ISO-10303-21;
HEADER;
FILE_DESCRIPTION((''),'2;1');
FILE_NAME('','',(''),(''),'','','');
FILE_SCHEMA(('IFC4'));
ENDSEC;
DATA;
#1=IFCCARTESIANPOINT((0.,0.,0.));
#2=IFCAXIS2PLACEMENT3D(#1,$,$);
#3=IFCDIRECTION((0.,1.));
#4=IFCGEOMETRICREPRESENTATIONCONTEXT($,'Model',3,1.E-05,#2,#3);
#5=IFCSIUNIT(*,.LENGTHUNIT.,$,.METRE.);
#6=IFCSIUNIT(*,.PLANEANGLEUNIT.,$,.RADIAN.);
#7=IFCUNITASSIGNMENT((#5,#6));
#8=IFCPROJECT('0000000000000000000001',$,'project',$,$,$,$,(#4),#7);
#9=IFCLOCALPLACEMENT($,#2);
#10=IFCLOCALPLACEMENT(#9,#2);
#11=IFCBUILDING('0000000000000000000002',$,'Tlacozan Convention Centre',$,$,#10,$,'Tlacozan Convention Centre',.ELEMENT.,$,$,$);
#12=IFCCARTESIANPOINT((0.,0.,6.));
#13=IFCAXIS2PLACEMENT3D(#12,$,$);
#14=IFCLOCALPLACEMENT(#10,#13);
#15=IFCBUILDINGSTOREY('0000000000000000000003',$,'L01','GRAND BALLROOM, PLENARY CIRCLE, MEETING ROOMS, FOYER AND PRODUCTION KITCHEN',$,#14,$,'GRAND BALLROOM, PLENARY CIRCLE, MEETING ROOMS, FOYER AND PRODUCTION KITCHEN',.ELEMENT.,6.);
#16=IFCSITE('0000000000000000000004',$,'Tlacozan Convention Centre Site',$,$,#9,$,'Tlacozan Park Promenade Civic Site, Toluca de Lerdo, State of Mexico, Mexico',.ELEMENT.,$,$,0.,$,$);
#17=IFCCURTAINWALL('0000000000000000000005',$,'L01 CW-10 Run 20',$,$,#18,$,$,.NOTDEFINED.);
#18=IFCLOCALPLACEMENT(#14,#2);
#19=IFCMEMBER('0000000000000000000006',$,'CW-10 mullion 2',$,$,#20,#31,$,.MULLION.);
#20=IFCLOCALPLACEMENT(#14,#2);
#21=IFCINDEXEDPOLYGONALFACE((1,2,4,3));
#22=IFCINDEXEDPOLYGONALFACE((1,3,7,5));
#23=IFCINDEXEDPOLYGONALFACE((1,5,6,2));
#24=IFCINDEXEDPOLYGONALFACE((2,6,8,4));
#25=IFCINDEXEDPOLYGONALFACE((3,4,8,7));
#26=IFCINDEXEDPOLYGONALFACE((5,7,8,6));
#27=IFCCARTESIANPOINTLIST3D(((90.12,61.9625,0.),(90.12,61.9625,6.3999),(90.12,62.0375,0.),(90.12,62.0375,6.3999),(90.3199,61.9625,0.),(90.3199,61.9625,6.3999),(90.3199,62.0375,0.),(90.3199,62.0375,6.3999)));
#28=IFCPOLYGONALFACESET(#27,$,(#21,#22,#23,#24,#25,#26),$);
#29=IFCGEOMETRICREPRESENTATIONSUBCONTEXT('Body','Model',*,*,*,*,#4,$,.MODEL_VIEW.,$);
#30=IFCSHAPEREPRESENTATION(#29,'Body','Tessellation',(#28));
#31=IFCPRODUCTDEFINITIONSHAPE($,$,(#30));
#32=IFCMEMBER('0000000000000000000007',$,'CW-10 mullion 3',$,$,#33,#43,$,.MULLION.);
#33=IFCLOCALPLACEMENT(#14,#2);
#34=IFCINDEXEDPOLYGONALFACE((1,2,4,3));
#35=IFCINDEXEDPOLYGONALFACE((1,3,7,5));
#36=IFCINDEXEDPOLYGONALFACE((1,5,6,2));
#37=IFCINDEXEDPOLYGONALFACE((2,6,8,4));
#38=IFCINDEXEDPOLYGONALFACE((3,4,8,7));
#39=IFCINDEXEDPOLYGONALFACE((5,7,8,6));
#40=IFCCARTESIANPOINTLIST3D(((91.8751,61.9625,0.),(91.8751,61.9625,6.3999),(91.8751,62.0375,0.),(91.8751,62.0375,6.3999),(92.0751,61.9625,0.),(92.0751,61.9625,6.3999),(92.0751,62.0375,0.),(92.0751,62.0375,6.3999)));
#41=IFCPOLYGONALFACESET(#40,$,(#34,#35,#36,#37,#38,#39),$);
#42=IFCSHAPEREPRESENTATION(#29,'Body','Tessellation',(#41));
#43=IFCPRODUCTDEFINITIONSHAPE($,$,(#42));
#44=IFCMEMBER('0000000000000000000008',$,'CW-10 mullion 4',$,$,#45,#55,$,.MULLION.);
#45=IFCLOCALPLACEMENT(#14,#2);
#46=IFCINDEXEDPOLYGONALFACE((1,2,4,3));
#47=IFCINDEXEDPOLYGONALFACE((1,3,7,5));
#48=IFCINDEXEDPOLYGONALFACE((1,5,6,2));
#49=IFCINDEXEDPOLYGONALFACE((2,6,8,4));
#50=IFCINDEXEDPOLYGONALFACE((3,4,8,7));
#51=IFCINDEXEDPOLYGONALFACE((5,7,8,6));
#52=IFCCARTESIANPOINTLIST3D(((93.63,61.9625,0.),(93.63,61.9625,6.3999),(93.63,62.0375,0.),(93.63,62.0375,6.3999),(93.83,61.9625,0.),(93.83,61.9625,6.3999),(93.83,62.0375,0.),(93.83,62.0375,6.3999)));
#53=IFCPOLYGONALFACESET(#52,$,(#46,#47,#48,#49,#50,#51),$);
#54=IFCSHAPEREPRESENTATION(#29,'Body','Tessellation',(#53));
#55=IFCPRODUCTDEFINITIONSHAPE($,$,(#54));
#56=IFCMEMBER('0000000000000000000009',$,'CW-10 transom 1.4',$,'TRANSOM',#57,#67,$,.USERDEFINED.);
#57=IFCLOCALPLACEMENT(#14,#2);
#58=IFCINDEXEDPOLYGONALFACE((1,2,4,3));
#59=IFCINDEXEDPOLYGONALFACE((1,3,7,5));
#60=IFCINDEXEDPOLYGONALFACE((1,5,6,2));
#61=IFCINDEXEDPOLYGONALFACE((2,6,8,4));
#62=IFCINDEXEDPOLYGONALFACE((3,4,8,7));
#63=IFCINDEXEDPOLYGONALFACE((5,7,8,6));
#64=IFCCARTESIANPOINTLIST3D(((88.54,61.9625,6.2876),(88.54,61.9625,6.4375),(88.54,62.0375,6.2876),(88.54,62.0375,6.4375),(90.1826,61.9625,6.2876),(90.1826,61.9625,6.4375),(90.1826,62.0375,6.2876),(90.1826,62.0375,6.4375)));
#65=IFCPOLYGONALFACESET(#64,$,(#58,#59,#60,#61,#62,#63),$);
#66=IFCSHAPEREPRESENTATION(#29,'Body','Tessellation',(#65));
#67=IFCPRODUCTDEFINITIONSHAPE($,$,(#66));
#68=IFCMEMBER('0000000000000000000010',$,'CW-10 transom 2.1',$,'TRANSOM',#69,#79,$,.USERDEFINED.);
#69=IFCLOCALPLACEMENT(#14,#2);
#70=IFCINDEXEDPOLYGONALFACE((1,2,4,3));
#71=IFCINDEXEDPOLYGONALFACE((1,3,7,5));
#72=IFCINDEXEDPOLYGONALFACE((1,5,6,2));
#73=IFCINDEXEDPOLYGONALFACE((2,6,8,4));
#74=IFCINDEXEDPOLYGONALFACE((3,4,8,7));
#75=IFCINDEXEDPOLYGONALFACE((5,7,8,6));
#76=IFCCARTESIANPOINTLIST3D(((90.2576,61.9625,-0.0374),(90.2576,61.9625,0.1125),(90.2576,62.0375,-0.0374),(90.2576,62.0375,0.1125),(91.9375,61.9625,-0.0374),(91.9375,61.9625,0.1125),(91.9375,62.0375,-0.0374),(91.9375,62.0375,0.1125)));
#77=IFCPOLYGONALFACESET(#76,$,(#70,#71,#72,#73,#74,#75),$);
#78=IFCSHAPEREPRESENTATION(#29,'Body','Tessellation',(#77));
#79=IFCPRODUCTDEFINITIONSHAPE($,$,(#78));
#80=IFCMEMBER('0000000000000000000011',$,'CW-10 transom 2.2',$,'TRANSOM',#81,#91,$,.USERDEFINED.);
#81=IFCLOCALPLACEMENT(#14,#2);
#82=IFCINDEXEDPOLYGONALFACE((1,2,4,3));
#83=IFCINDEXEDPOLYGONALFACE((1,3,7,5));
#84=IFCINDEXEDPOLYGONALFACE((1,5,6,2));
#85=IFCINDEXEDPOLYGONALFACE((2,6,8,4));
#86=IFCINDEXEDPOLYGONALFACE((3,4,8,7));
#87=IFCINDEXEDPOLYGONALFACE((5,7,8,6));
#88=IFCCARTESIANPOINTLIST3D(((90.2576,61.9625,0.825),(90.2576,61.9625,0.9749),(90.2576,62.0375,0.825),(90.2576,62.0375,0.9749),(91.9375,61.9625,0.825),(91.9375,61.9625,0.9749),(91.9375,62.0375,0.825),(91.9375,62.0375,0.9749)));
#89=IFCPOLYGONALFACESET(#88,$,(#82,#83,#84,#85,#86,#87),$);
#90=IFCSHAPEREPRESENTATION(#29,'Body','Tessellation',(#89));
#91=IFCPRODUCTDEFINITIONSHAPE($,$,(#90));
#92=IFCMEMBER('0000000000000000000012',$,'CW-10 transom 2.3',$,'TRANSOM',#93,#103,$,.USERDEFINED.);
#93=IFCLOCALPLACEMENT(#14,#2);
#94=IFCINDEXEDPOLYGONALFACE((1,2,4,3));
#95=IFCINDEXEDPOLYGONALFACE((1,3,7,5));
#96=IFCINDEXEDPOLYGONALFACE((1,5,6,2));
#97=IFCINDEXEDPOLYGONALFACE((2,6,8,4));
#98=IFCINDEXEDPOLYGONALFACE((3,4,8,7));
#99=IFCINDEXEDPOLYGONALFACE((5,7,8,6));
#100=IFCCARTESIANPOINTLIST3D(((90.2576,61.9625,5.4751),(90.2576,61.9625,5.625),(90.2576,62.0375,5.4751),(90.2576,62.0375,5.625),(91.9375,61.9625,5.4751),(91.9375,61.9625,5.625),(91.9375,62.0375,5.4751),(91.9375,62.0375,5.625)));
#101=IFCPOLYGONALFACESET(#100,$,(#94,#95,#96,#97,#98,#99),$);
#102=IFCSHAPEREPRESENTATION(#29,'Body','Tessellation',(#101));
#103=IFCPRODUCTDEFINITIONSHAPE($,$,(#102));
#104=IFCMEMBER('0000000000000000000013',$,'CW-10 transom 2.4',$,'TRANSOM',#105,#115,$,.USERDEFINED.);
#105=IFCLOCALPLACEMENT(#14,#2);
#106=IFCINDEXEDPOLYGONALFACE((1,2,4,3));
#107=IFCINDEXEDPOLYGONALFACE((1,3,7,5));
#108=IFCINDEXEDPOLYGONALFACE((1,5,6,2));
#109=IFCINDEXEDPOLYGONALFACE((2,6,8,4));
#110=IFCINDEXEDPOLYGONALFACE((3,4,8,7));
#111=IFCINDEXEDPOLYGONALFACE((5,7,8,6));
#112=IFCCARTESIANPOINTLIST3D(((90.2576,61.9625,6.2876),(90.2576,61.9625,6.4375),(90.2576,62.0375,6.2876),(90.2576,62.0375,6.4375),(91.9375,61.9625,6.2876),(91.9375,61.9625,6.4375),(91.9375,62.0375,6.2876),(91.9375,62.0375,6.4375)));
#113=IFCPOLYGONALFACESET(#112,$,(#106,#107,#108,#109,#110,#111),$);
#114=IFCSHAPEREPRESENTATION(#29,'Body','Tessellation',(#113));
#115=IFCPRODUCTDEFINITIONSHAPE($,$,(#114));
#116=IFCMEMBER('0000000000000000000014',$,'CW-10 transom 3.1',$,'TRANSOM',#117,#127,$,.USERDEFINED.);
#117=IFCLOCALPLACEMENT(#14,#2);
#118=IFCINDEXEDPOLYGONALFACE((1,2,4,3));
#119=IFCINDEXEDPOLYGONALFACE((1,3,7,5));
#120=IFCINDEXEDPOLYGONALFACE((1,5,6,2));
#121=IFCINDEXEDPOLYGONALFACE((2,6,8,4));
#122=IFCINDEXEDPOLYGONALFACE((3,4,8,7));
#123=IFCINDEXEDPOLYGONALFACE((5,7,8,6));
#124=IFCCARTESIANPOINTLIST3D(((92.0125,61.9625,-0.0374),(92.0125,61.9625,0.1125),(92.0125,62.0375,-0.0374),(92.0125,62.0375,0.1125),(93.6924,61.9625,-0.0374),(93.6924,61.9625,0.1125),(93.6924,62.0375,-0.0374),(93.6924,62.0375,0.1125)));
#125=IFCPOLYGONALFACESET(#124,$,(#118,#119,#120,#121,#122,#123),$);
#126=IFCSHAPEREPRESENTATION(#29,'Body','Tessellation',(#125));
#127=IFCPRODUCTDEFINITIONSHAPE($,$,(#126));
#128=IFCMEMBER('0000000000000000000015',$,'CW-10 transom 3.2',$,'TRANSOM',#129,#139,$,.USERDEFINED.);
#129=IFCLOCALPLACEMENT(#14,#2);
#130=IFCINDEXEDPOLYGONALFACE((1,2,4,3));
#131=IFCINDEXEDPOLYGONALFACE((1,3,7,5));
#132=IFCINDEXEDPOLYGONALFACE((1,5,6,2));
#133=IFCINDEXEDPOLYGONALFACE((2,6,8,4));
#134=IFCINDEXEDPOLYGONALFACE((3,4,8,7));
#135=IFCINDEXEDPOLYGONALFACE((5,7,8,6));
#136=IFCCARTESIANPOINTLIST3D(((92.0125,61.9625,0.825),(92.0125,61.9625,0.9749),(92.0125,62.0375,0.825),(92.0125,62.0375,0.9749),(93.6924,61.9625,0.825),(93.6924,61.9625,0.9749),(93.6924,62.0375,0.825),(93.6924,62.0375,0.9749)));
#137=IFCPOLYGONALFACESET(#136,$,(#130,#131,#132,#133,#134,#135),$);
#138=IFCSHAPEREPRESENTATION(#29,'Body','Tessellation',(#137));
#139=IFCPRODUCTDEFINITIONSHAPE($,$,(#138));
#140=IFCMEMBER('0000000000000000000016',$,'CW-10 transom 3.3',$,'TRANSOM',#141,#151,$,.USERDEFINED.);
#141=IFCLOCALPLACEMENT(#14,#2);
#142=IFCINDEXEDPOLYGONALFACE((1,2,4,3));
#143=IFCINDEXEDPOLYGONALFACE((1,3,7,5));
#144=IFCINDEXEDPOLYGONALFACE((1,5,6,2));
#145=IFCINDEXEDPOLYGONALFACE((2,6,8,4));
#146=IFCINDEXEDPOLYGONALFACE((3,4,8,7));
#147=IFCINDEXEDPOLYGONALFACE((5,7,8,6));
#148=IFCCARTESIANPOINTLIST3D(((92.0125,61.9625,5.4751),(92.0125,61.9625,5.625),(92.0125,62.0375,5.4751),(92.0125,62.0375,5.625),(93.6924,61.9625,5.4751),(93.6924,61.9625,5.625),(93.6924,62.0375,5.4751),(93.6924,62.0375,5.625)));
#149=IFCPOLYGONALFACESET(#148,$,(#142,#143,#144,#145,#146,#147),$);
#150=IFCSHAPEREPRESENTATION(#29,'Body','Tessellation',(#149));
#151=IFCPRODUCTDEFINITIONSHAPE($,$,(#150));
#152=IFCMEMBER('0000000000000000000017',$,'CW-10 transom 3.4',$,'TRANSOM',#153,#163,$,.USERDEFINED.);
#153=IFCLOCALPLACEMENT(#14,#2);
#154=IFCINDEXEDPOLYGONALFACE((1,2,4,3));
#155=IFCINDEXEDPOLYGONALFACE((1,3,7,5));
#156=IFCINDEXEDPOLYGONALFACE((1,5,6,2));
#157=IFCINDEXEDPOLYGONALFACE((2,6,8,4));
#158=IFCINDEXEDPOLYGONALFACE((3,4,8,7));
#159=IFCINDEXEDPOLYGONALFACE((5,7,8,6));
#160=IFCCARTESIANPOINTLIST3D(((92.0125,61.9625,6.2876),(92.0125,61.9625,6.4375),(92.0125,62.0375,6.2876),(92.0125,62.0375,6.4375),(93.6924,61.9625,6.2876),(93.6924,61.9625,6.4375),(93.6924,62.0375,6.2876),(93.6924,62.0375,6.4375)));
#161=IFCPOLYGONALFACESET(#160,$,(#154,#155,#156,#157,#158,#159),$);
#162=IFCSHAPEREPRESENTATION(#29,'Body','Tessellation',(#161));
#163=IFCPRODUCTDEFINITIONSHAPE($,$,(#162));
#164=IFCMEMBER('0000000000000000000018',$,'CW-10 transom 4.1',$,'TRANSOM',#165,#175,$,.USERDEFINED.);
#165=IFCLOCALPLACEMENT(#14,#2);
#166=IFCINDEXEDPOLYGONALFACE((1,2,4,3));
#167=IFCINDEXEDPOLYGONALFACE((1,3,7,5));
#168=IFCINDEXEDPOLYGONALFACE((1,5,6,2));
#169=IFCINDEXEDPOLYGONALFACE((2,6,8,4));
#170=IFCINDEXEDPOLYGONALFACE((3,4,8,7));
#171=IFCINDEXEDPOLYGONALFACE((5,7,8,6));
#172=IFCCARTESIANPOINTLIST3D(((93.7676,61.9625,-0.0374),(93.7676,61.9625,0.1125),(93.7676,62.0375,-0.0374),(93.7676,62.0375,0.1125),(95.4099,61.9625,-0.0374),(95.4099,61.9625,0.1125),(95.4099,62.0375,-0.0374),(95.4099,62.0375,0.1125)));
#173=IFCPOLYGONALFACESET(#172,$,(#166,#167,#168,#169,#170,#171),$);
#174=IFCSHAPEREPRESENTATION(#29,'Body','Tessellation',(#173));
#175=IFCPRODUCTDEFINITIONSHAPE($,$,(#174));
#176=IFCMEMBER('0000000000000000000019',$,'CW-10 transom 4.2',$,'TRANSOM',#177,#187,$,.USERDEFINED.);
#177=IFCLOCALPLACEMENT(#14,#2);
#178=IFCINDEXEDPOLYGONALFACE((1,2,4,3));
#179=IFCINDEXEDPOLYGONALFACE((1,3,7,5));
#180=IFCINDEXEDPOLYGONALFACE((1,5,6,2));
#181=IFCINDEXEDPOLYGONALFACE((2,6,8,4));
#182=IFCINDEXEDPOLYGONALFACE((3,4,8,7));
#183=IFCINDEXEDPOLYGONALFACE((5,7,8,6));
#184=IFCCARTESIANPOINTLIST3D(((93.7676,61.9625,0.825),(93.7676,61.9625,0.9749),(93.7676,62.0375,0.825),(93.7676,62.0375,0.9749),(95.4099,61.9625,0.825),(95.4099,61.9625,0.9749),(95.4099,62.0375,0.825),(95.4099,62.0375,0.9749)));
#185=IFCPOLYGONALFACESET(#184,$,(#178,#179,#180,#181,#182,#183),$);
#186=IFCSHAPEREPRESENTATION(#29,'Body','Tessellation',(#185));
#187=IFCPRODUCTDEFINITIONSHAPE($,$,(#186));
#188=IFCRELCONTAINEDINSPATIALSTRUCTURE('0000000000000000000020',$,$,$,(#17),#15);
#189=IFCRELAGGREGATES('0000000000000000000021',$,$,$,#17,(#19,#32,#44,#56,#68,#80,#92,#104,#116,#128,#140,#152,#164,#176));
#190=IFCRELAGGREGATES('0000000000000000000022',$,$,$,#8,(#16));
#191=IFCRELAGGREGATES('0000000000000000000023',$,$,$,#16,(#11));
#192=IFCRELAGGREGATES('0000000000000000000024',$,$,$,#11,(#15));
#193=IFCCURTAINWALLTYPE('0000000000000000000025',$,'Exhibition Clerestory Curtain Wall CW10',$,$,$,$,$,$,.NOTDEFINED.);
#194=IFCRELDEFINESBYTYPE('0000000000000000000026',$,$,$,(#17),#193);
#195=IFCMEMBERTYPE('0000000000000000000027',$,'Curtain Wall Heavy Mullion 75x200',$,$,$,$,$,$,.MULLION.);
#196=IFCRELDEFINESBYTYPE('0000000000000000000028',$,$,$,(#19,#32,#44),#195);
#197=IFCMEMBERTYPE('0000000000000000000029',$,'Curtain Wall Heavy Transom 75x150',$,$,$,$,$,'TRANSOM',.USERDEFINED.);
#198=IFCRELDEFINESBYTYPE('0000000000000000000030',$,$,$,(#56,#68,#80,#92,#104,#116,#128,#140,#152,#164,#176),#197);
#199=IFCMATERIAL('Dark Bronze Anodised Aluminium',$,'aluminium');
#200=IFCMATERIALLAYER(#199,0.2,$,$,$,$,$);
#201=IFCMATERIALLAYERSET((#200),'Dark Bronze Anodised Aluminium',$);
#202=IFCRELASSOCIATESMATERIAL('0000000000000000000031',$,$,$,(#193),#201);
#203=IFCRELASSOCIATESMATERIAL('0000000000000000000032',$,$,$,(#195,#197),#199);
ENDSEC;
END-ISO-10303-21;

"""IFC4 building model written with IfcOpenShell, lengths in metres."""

from ifc_helpers import new_model, si_unit, direction, frame, origin, origin_2d, place, context, subcontext, project, spatial, rectangle, extrude, material, layer, layer_set, material_profile, profile_set, type_object, element, aggregate, save


model = new_model("IFC4")

# Units and contexts
model_context = context("Model", 3, precision=1e-05, world=origin(), true_north=direction((0.0, 1.0)))
body_context = subcontext(model_context, "Body", "Model", "MODEL_VIEW")
ifc_project = project(units=[si_unit("LENGTHUNIT", "METRE"), si_unit("PLANEANGLEUNIT", "RADIAN")], contexts=[model_context])

# Site, building, storey
site_placement = place(None, origin())
site = spatial("IfcSite", under=ifc_project, at=site_placement, Name="Tlacozan Convention Centre Site", LongName="Tlacozan Park Promenade Civic Site, Toluca de Lerdo, State of Mexico, Mexico", CompositionType="ELEMENT", RefElevation=0.0)
building_placement = place(site_placement, origin())
building = spatial("IfcBuilding", under=site, at=building_placement, Name="Tlacozan Convention Centre", LongName="Tlacozan Convention Centre", CompositionType="ELEMENT")
storey_placement = place(building_placement, frame((0.0, 0.0, 6.0)))
storey = spatial("IfcBuildingStorey", under=building, at=storey_placement, Name="L01", Description="GRAND BALLROOM, PLENARY CIRCLE, MEETING ROOMS, FOYER AND PRODUCTION KITCHEN", LongName="GRAND BALLROOM, PLENARY CIRCLE, MEETING ROOMS, FOYER AND PRODUCTION KITCHEN", CompositionType="ELEMENT", Elevation=6.0)

# Curtain wall, members
ifc_material_1 = material(Name="Dark Bronze Anodised Aluminium", Category="aluminium")
ifc_layer_1 = layer(ifc_material_1, 0.2)
ifc_layer_set_1 = layer_set([ifc_layer_1], Name="Dark Bronze Anodised Aluminium")
curtain_wall_type = type_object("IfcCurtainWallType", Name="Exhibition Clerestory Curtain Wall CW10", PredefinedType="NOTDEFINED", material=ifc_layer_set_1)
curtain_wall_placement = place(storey_placement, origin())
curtain_wall = element("IfcCurtainWall", 1, at=curtain_wall_placement, inside=storey, type_object=curtain_wall_type, Name="L01 CW-10 Run 20", PredefinedType="NOTDEFINED")
ifc_material_profile_1 = material_profile(ifc_material_1, rectangle(XDim=0.075, YDim=0.2, at=origin_2d()), Name="ALU 75x200")
ifc_profile_set_1 = profile_set([ifc_material_profile_1], Name="Dark Bronze Anodised Aluminium")
member_type_1 = type_object("IfcMemberType", Name="Curtain Wall Heavy Mullion 75x200", PredefinedType="MULLION", material=ifc_profile_set_1)
member_1_placement = place(storey_placement, frame((90.22, 62.0, 0.0), z_axis=(0.0, 0.0, 1.0), x_axis=(0.0, 1.0, 0.0)))
member_1 = element("IfcMember", 2, at=member_1_placement, type_object=member_type_1, Name="CW-10 mullion 2", PredefinedType="MULLION", context=body_context, shape_type="SweptSolid", body=[
    extrude(rectangle(XDim=0.075, YDim=0.2, at=origin_2d()), origin(), (0.0, 0.0, 1.0), 6.3999),
])
member_2_placement = place(storey_placement, frame((91.9751, 62.0, 0.0), z_axis=(0.0, 0.0, 1.0), x_axis=(0.0, 1.0, 0.0)))
member_2 = element("IfcMember", 3, at=member_2_placement, type_object=member_type_1, Name="CW-10 mullion 3", PredefinedType="MULLION", context=body_context, shape_type="SweptSolid", body=[
    extrude(rectangle(XDim=0.075, YDim=0.2, at=origin_2d()), origin(), (0.0, 0.0, 1.0), 6.3999),
])
member_3_placement = place(storey_placement, frame((93.73, 62.0, 0.0), z_axis=(0.0, 0.0, 1.0), x_axis=(0.0, 1.0, 0.0)))
member_3 = element("IfcMember", 4, at=member_3_placement, type_object=member_type_1, Name="CW-10 mullion 4", PredefinedType="MULLION", context=body_context, shape_type="SweptSolid", body=[
    extrude(rectangle(XDim=0.075, YDim=0.2, at=origin_2d()), origin(), (0.0, 0.0, 1.0), 6.3999),
])
ifc_material_profile_2 = material_profile(ifc_material_1, rectangle(XDim=0.075, YDim=0.1499, at=origin_2d()), Name="ALU 75x150")
ifc_profile_set_2 = profile_set([ifc_material_profile_2], Name="Dark Bronze Anodised Aluminium")
member_type_2 = type_object("IfcMemberType", Name="Curtain Wall Heavy Transom 75x150", ElementType="TRANSOM", PredefinedType="USERDEFINED", material=ifc_profile_set_2)
member_4_placement = place(storey_placement, frame((88.54, 62.0, 6.3625), z_axis=(1.0, 0.0, 0.0), x_axis=(0.0, 1.0, 0.0)))
member_4 = element("IfcMember", 5, at=member_4_placement, type_object=member_type_2, Name="CW-10 transom 1.4", ObjectType="TRANSOM", PredefinedType="USERDEFINED", context=body_context, shape_type="SweptSolid", body=[
    extrude(rectangle(XDim=0.075, YDim=0.1499, at=origin_2d()), origin(), (0.0, 0.0, 1.0), 1.6426),
])
member_5_placement = place(storey_placement, frame((90.2576, 62.0, 0.0376), z_axis=(1.0, 0.0, 0.0), x_axis=(0.0, 1.0, 0.0)))
member_5 = element("IfcMember", 6, at=member_5_placement, type_object=member_type_2, Name="CW-10 transom 2.1", ObjectType="TRANSOM", PredefinedType="USERDEFINED", context=body_context, shape_type="SweptSolid", body=[
    extrude(rectangle(XDim=0.075, YDim=0.1499, at=origin_2d()), origin(), (0.0, 0.0, 1.0), 1.6799),
])
member_6_placement = place(storey_placement, frame((90.2576, 62.0, 0.8999), z_axis=(1.0, 0.0, 0.0), x_axis=(0.0, 1.0, 0.0)))
member_6 = element("IfcMember", 7, at=member_6_placement, type_object=member_type_2, Name="CW-10 transom 2.2", ObjectType="TRANSOM", PredefinedType="USERDEFINED", context=body_context, shape_type="SweptSolid", body=[
    extrude(rectangle(XDim=0.075, YDim=0.1499, at=origin_2d()), origin(), (0.0, 0.0, 1.0), 1.6799),
])
member_7_placement = place(storey_placement, frame((90.2576, 62.0, 5.55), z_axis=(1.0, 0.0, 0.0), x_axis=(0.0, 1.0, 0.0)))
member_7 = element("IfcMember", 8, at=member_7_placement, type_object=member_type_2, Name="CW-10 transom 2.3", ObjectType="TRANSOM", PredefinedType="USERDEFINED", context=body_context, shape_type="SweptSolid", body=[
    extrude(rectangle(XDim=0.075, YDim=0.1499, at=origin_2d()), origin(), (0.0, 0.0, 1.0), 1.6799),
])
member_8_placement = place(storey_placement, frame((90.2576, 62.0, 6.3625), z_axis=(1.0, 0.0, 0.0), x_axis=(0.0, 1.0, 0.0)))
member_8 = element("IfcMember", 9, at=member_8_placement, type_object=member_type_2, Name="CW-10 transom 2.4", ObjectType="TRANSOM", PredefinedType="USERDEFINED", context=body_context, shape_type="SweptSolid", body=[
    extrude(rectangle(XDim=0.075, YDim=0.1499, at=origin_2d()), origin(), (0.0, 0.0, 1.0), 1.6799),
])
member_9_placement = place(storey_placement, frame((92.0125, 62.0, 0.0376), z_axis=(1.0, 0.0, 0.0), x_axis=(0.0, 1.0, 0.0)))
member_9 = element("IfcMember", 10, at=member_9_placement, type_object=member_type_2, Name="CW-10 transom 3.1", ObjectType="TRANSOM", PredefinedType="USERDEFINED", context=body_context, shape_type="SweptSolid", body=[
    extrude(rectangle(XDim=0.075, YDim=0.1499, at=origin_2d()), origin(), (0.0, 0.0, 1.0), 1.6799),
])
member_10_placement = place(storey_placement, frame((92.0125, 62.0, 0.8999), z_axis=(1.0, 0.0, 0.0), x_axis=(0.0, 1.0, 0.0)))
member_10 = element("IfcMember", 11, at=member_10_placement, type_object=member_type_2, Name="CW-10 transom 3.2", ObjectType="TRANSOM", PredefinedType="USERDEFINED", context=body_context, shape_type="SweptSolid", body=[
    extrude(rectangle(XDim=0.075, YDim=0.1499, at=origin_2d()), origin(), (0.0, 0.0, 1.0), 1.6799),
])
member_11_placement = place(storey_placement, frame((92.0125, 62.0, 5.55), z_axis=(1.0, 0.0, 0.0), x_axis=(0.0, 1.0, 0.0)))
member_11 = element("IfcMember", 12, at=member_11_placement, type_object=member_type_2, Name="CW-10 transom 3.3", ObjectType="TRANSOM", PredefinedType="USERDEFINED", context=body_context, shape_type="SweptSolid", body=[
    extrude(rectangle(XDim=0.075, YDim=0.1499, at=origin_2d()), origin(), (0.0, 0.0, 1.0), 1.6799),
])
member_12_placement = place(storey_placement, frame((92.0125, 62.0, 6.3625), z_axis=(1.0, 0.0, 0.0), x_axis=(0.0, 1.0, 0.0)))
member_12 = element("IfcMember", 13, at=member_12_placement, type_object=member_type_2, Name="CW-10 transom 3.4", ObjectType="TRANSOM", PredefinedType="USERDEFINED", context=body_context, shape_type="SweptSolid", body=[
    extrude(rectangle(XDim=0.075, YDim=0.1499, at=origin_2d()), origin(), (0.0, 0.0, 1.0), 1.6799),
])
member_13_placement = place(storey_placement, frame((93.7676, 62.0, 0.0376), z_axis=(1.0, 0.0, 0.0), x_axis=(0.0, 1.0, 0.0)))
member_13 = element("IfcMember", 14, at=member_13_placement, type_object=member_type_2, Name="CW-10 transom 4.1", ObjectType="TRANSOM", PredefinedType="USERDEFINED", context=body_context, shape_type="SweptSolid", body=[
    extrude(rectangle(XDim=0.075, YDim=0.1499, at=origin_2d()), origin(), (0.0, 0.0, 1.0), 1.6423),
])
member_14_placement = place(storey_placement, frame((93.7676, 62.0, 0.8999), z_axis=(1.0, 0.0, 0.0), x_axis=(0.0, 1.0, 0.0)))
member_14 = element("IfcMember", 15, at=member_14_placement, type_object=member_type_2, Name="CW-10 transom 4.2", ObjectType="TRANSOM", PredefinedType="USERDEFINED", context=body_context, shape_type="SweptSolid", body=[
    extrude(rectangle(XDim=0.075, YDim=0.1499, at=origin_2d()), origin(), (0.0, 0.0, 1.0), 1.6423),
])
aggregate(curtain_wall, [member_1, member_2, member_3, member_4, member_5, member_6, member_7, member_8, member_9, member_10, member_11, member_12, member_13, member_14])

save(model, "model.ifc")
